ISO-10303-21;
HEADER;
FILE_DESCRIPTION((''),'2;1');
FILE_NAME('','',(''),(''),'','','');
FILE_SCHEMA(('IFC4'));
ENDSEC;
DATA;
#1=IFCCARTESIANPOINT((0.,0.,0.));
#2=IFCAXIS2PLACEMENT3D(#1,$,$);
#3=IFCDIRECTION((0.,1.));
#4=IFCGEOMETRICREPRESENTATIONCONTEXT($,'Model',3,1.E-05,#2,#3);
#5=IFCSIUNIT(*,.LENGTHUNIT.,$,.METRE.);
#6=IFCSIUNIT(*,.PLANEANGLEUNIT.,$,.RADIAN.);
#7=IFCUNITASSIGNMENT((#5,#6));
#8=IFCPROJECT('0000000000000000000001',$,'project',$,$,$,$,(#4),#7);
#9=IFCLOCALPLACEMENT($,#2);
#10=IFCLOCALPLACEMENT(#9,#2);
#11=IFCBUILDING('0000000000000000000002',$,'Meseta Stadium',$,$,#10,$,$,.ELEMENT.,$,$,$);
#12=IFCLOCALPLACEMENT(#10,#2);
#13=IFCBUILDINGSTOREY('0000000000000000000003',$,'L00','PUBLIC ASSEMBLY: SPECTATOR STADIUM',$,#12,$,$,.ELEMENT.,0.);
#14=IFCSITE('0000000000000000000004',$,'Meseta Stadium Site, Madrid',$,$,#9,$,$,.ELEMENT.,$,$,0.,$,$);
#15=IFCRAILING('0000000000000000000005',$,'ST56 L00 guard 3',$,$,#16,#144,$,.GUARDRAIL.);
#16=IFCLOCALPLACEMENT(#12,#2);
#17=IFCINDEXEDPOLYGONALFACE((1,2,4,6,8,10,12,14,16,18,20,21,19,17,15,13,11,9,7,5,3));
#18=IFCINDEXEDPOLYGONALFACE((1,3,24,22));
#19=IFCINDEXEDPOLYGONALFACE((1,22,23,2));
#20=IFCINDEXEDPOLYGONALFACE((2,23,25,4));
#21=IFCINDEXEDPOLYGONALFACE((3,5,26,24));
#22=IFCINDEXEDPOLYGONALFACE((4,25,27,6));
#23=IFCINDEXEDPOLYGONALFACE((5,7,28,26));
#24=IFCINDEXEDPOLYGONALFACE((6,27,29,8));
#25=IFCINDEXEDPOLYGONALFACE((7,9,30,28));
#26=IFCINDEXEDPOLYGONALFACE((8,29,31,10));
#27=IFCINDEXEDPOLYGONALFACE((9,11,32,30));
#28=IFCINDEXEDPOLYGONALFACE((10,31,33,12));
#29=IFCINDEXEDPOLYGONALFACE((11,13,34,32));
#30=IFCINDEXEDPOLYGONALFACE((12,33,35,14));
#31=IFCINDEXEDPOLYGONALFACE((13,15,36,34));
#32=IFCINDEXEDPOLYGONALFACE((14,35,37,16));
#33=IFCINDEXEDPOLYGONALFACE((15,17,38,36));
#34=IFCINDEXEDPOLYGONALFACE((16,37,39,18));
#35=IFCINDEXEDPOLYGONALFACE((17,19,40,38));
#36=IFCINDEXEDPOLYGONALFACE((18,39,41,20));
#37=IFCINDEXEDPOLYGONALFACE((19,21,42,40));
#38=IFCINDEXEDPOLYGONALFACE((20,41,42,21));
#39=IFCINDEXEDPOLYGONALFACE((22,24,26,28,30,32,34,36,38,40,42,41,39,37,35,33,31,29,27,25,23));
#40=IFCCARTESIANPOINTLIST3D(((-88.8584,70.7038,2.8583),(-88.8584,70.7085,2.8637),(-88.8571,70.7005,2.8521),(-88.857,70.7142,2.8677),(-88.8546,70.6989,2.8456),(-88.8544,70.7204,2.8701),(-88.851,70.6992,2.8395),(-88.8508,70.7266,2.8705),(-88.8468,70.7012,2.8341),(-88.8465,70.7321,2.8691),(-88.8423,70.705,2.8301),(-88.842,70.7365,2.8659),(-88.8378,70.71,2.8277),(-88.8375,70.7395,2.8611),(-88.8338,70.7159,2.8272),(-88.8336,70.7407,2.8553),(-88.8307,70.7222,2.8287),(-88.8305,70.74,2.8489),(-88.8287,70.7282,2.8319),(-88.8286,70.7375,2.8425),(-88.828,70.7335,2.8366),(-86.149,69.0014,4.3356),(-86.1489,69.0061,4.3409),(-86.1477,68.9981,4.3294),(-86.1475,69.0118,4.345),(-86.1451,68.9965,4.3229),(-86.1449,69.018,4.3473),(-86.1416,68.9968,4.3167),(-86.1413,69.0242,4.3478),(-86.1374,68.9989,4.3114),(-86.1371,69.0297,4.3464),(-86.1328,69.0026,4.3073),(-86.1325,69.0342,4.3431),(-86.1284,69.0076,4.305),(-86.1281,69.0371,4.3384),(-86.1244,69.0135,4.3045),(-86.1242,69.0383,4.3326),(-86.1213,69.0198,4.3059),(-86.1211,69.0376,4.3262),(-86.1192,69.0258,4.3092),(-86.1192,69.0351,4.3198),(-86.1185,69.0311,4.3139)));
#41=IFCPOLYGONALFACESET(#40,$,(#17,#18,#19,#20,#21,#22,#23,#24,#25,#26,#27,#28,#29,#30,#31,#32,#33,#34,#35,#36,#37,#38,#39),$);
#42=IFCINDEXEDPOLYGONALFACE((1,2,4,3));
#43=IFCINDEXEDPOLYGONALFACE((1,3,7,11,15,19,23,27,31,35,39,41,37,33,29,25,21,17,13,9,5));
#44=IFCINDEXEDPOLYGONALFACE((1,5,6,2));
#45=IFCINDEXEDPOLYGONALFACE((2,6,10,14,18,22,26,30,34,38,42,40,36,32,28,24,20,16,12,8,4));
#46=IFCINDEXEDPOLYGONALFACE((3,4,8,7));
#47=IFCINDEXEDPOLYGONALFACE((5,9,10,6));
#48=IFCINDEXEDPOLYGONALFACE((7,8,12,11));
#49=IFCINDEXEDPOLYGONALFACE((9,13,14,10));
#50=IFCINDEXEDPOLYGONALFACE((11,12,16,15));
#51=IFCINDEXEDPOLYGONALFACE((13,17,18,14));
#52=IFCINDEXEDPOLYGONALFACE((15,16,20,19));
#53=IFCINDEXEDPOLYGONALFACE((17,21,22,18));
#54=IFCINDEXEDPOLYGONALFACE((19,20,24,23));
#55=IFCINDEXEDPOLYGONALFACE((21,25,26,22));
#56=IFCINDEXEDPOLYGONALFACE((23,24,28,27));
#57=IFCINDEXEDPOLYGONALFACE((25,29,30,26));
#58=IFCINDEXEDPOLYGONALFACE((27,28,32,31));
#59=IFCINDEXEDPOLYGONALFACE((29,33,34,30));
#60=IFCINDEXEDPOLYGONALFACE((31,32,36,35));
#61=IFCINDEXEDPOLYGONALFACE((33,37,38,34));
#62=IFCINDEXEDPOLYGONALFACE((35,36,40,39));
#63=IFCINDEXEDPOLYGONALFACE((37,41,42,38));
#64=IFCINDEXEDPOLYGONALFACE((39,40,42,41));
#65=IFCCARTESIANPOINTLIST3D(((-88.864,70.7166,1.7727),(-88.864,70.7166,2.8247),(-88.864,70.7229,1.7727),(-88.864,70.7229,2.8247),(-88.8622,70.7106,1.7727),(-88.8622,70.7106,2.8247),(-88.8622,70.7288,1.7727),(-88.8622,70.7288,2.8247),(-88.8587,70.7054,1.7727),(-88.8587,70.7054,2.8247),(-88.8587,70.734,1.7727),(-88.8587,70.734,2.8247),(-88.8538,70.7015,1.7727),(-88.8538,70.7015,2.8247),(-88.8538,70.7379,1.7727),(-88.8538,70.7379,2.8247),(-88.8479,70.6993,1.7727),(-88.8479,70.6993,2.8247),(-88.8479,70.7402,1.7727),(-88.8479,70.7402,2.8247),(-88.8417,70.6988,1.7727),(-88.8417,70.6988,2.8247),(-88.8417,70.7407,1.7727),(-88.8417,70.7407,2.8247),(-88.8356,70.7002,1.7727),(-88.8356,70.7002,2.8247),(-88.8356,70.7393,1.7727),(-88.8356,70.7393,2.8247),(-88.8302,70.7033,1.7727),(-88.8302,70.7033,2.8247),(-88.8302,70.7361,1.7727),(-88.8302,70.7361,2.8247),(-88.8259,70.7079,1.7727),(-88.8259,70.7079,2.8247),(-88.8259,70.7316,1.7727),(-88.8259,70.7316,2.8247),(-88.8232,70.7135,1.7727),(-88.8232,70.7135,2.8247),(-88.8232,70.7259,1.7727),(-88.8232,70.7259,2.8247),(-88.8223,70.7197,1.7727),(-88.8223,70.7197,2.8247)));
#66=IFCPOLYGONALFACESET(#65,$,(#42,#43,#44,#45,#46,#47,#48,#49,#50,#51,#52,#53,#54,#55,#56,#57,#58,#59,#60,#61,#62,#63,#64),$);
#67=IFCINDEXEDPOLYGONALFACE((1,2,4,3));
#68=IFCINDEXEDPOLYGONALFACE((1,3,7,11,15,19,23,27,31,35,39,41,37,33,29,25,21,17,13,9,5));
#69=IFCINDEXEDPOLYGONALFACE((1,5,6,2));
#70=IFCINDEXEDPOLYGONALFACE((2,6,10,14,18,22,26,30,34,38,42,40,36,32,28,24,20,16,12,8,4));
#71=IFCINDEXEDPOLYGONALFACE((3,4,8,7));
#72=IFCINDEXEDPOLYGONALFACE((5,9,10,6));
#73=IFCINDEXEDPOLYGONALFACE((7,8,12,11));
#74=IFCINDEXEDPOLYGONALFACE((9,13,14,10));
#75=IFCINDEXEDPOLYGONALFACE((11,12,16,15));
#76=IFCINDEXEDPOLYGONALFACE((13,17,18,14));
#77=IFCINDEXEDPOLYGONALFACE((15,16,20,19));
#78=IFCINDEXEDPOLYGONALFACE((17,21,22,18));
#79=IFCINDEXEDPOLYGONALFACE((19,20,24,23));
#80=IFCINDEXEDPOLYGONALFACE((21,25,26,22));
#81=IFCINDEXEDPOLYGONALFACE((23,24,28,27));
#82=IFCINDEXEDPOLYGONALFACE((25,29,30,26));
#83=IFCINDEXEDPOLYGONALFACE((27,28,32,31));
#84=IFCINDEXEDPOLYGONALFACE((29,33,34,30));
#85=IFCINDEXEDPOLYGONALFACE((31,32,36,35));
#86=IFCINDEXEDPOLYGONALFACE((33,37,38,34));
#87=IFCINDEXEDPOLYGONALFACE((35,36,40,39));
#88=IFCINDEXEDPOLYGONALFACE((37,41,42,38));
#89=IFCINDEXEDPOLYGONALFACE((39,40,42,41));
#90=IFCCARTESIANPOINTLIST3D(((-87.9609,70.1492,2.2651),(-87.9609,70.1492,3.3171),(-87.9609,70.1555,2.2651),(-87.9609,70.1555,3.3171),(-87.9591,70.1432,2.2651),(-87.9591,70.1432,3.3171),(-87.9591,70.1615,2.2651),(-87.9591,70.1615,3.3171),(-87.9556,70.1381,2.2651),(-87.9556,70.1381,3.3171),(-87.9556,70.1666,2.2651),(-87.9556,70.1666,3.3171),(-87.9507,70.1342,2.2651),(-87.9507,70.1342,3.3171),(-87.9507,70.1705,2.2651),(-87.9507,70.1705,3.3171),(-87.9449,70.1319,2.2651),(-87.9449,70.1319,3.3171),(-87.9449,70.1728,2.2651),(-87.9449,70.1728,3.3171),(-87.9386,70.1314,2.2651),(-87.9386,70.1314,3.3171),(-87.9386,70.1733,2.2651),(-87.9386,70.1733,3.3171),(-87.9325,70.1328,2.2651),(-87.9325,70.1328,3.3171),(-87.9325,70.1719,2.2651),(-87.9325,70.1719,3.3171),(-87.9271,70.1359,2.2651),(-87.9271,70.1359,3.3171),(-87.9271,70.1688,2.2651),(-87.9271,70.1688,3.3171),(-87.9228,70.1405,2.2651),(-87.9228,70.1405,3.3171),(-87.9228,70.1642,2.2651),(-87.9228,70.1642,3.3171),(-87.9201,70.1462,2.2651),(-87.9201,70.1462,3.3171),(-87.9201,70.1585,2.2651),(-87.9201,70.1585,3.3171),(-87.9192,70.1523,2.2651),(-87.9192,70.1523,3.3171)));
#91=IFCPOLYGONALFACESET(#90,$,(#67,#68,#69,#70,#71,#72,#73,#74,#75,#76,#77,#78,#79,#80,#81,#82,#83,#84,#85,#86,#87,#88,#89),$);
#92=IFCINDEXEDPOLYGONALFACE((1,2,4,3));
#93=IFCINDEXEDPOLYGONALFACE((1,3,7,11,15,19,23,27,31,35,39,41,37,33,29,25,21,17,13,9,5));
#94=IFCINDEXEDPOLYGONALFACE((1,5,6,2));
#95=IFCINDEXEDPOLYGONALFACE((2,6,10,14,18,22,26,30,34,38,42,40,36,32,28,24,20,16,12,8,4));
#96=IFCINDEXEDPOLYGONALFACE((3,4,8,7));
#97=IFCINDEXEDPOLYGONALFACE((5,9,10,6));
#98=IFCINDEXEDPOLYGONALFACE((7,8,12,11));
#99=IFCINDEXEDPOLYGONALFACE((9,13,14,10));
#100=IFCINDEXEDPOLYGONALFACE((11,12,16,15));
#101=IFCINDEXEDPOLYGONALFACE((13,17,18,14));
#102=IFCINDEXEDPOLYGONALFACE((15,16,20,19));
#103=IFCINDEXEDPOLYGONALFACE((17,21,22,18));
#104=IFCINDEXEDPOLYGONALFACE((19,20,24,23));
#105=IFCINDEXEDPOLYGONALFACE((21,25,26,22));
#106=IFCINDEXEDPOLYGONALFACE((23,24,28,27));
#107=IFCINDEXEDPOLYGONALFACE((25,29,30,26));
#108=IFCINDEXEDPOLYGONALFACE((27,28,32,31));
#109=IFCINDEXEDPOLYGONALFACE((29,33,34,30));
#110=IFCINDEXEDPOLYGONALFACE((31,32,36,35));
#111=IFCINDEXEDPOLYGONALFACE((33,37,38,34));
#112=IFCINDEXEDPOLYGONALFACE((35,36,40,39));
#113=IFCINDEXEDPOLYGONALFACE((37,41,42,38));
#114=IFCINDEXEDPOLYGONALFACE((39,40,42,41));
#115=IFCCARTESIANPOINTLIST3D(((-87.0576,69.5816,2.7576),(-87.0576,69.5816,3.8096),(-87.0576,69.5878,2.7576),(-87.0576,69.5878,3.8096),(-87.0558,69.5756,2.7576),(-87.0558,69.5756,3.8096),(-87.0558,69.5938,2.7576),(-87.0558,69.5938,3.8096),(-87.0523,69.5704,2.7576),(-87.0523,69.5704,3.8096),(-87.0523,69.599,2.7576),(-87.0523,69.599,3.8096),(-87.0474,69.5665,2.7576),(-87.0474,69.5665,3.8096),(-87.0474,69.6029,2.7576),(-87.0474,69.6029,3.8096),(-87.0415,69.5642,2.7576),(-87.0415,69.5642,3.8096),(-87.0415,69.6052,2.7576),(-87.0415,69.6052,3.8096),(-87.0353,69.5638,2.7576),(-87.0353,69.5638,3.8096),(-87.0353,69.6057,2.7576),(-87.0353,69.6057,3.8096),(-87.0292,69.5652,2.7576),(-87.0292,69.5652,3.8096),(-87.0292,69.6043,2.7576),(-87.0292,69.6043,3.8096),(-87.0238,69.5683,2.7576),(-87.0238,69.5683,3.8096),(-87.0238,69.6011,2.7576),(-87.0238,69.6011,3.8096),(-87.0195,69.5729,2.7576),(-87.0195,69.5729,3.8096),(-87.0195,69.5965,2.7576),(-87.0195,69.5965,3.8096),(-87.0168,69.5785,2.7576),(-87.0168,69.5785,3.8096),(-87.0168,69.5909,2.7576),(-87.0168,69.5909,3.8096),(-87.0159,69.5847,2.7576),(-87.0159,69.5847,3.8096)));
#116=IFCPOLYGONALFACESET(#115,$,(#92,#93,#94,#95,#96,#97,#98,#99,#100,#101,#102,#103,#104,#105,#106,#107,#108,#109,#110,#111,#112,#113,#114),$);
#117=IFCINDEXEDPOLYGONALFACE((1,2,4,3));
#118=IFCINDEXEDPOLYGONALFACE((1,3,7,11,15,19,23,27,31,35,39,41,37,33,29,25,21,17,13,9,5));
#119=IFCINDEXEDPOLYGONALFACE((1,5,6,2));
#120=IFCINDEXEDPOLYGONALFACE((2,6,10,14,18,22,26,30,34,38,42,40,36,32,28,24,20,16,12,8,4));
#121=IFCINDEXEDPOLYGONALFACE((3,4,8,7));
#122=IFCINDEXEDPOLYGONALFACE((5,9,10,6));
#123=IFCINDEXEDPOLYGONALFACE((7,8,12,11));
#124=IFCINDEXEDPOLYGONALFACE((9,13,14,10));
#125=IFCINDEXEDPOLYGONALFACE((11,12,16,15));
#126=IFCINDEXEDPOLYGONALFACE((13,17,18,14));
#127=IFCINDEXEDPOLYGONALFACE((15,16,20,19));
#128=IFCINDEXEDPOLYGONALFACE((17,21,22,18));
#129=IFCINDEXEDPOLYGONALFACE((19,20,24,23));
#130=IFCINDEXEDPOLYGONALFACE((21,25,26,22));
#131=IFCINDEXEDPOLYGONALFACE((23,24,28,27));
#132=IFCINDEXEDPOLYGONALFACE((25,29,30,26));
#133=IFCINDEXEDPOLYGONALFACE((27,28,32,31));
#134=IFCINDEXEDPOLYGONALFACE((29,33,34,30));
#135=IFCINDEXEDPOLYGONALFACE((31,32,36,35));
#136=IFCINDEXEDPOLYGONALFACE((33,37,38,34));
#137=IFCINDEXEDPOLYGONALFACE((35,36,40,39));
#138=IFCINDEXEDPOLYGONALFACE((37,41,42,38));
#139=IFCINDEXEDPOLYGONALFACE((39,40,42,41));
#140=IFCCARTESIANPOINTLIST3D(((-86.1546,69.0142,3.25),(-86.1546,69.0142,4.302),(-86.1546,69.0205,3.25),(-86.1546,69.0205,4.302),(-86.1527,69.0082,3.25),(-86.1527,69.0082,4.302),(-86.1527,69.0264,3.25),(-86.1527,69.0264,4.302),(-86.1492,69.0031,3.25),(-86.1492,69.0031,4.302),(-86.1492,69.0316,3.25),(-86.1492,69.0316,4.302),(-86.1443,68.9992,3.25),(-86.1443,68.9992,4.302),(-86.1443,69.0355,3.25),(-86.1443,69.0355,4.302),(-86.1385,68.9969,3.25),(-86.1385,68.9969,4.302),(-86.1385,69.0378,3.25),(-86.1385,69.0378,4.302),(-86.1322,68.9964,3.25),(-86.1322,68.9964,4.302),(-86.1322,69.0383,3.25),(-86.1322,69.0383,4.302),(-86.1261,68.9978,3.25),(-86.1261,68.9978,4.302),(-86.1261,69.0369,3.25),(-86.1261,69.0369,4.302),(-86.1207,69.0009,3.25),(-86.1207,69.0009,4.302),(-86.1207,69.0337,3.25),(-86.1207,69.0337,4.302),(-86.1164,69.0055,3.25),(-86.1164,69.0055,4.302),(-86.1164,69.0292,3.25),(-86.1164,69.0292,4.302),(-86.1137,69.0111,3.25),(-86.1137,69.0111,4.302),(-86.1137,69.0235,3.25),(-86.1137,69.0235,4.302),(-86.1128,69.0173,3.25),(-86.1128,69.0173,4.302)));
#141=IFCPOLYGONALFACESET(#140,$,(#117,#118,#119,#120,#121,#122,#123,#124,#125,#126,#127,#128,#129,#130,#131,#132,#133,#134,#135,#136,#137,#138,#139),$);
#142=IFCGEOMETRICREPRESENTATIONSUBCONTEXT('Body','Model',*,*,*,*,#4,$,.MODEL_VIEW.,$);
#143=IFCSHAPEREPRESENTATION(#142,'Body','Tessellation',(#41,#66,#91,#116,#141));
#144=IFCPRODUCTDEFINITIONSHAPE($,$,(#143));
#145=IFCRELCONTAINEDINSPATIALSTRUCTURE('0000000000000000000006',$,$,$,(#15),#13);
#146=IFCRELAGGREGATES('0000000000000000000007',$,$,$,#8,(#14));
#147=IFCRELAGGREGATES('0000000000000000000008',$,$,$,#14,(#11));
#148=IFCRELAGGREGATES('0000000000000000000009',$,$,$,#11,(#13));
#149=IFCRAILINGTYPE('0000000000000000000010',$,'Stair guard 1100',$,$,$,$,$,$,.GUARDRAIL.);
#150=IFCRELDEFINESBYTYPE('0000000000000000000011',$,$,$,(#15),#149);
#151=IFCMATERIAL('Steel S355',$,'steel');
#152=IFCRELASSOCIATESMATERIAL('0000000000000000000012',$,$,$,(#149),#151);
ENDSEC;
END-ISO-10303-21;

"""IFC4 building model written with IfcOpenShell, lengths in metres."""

from ifc_helpers import new_model, si_unit, direction, frame, origin, origin_2d, place, context, subcontext, project, spatial, circle, extrude, material, type_object, element, save


model = new_model("IFC4")

# Units and contexts
model_context = context("Model", 3, precision=1e-05, world=origin(), true_north=direction((0.0, 1.0)))
body_context = subcontext(model_context, "Body", "Model", "MODEL_VIEW")
ifc_project = project(units=[si_unit("LENGTHUNIT", "METRE"), si_unit("PLANEANGLEUNIT", "RADIAN")], contexts=[model_context])

# Site, building, storey
site_placement = place(None, origin())
site = spatial("IfcSite", under=ifc_project, at=site_placement, Name="Meseta Stadium Site, Madrid", CompositionType="ELEMENT", RefElevation=0.0)
building_placement = place(site_placement, origin())
building = spatial("IfcBuilding", under=site, at=building_placement, Name="Meseta Stadium", CompositionType="ELEMENT")
storey_placement = place(building_placement, origin())
storey = spatial("IfcBuildingStorey", under=building, at=storey_placement, Name="L00", Description="PUBLIC ASSEMBLY: SPECTATOR STADIUM", CompositionType="ELEMENT", Elevation=0.0)

# Railing
ifc_material_1 = material(Name="Steel S355", Category="steel")
railing_type_1 = type_object("IfcRailingType", Name="Stair guard 1100", PredefinedType="GUARDRAIL", material=ifc_material_1)
railing_1_placement = place(storey_placement, frame((-88.8433, 70.7197, 1.7727)))
element("IfcRailing", 1, at=railing_1_placement, inside=storey, type_object=railing_type_1, Name="ST56 L00 guard 3", PredefinedType="GUARDRAIL", context=body_context, shape_type="SweptSolid", body=[
    extrude(circle(Radius=0.0239, at=origin_2d()), frame((0.0, 0.0, 1.0762), z_axis=(0.768764, -0.483023, 0.419156), x_axis=(0.532014, 0.846736, 0.0)), (0.0, 0.0, 1.0), 3.5244),
    extrude(circle(Radius=0.021, at=origin_2d()), origin(), (0.0, 0.0, 1.0), 1.052),
    extrude(circle(Radius=0.021, at=origin_2d()), frame((0.9031, -0.5674, 0.4924)), (0.0, 0.0, 1.0), 1.052),
    extrude(circle(Radius=0.021, at=origin_2d()), frame((1.8064, -1.135, 0.9849)), (0.0, 0.0, 1.0), 1.052),
    extrude(circle(Radius=0.021, at=origin_2d()), frame((2.7095, -1.7024, 1.4773)), (0.0, 0.0, 1.0), 1.052),
])

save(model, "model.ifc")
